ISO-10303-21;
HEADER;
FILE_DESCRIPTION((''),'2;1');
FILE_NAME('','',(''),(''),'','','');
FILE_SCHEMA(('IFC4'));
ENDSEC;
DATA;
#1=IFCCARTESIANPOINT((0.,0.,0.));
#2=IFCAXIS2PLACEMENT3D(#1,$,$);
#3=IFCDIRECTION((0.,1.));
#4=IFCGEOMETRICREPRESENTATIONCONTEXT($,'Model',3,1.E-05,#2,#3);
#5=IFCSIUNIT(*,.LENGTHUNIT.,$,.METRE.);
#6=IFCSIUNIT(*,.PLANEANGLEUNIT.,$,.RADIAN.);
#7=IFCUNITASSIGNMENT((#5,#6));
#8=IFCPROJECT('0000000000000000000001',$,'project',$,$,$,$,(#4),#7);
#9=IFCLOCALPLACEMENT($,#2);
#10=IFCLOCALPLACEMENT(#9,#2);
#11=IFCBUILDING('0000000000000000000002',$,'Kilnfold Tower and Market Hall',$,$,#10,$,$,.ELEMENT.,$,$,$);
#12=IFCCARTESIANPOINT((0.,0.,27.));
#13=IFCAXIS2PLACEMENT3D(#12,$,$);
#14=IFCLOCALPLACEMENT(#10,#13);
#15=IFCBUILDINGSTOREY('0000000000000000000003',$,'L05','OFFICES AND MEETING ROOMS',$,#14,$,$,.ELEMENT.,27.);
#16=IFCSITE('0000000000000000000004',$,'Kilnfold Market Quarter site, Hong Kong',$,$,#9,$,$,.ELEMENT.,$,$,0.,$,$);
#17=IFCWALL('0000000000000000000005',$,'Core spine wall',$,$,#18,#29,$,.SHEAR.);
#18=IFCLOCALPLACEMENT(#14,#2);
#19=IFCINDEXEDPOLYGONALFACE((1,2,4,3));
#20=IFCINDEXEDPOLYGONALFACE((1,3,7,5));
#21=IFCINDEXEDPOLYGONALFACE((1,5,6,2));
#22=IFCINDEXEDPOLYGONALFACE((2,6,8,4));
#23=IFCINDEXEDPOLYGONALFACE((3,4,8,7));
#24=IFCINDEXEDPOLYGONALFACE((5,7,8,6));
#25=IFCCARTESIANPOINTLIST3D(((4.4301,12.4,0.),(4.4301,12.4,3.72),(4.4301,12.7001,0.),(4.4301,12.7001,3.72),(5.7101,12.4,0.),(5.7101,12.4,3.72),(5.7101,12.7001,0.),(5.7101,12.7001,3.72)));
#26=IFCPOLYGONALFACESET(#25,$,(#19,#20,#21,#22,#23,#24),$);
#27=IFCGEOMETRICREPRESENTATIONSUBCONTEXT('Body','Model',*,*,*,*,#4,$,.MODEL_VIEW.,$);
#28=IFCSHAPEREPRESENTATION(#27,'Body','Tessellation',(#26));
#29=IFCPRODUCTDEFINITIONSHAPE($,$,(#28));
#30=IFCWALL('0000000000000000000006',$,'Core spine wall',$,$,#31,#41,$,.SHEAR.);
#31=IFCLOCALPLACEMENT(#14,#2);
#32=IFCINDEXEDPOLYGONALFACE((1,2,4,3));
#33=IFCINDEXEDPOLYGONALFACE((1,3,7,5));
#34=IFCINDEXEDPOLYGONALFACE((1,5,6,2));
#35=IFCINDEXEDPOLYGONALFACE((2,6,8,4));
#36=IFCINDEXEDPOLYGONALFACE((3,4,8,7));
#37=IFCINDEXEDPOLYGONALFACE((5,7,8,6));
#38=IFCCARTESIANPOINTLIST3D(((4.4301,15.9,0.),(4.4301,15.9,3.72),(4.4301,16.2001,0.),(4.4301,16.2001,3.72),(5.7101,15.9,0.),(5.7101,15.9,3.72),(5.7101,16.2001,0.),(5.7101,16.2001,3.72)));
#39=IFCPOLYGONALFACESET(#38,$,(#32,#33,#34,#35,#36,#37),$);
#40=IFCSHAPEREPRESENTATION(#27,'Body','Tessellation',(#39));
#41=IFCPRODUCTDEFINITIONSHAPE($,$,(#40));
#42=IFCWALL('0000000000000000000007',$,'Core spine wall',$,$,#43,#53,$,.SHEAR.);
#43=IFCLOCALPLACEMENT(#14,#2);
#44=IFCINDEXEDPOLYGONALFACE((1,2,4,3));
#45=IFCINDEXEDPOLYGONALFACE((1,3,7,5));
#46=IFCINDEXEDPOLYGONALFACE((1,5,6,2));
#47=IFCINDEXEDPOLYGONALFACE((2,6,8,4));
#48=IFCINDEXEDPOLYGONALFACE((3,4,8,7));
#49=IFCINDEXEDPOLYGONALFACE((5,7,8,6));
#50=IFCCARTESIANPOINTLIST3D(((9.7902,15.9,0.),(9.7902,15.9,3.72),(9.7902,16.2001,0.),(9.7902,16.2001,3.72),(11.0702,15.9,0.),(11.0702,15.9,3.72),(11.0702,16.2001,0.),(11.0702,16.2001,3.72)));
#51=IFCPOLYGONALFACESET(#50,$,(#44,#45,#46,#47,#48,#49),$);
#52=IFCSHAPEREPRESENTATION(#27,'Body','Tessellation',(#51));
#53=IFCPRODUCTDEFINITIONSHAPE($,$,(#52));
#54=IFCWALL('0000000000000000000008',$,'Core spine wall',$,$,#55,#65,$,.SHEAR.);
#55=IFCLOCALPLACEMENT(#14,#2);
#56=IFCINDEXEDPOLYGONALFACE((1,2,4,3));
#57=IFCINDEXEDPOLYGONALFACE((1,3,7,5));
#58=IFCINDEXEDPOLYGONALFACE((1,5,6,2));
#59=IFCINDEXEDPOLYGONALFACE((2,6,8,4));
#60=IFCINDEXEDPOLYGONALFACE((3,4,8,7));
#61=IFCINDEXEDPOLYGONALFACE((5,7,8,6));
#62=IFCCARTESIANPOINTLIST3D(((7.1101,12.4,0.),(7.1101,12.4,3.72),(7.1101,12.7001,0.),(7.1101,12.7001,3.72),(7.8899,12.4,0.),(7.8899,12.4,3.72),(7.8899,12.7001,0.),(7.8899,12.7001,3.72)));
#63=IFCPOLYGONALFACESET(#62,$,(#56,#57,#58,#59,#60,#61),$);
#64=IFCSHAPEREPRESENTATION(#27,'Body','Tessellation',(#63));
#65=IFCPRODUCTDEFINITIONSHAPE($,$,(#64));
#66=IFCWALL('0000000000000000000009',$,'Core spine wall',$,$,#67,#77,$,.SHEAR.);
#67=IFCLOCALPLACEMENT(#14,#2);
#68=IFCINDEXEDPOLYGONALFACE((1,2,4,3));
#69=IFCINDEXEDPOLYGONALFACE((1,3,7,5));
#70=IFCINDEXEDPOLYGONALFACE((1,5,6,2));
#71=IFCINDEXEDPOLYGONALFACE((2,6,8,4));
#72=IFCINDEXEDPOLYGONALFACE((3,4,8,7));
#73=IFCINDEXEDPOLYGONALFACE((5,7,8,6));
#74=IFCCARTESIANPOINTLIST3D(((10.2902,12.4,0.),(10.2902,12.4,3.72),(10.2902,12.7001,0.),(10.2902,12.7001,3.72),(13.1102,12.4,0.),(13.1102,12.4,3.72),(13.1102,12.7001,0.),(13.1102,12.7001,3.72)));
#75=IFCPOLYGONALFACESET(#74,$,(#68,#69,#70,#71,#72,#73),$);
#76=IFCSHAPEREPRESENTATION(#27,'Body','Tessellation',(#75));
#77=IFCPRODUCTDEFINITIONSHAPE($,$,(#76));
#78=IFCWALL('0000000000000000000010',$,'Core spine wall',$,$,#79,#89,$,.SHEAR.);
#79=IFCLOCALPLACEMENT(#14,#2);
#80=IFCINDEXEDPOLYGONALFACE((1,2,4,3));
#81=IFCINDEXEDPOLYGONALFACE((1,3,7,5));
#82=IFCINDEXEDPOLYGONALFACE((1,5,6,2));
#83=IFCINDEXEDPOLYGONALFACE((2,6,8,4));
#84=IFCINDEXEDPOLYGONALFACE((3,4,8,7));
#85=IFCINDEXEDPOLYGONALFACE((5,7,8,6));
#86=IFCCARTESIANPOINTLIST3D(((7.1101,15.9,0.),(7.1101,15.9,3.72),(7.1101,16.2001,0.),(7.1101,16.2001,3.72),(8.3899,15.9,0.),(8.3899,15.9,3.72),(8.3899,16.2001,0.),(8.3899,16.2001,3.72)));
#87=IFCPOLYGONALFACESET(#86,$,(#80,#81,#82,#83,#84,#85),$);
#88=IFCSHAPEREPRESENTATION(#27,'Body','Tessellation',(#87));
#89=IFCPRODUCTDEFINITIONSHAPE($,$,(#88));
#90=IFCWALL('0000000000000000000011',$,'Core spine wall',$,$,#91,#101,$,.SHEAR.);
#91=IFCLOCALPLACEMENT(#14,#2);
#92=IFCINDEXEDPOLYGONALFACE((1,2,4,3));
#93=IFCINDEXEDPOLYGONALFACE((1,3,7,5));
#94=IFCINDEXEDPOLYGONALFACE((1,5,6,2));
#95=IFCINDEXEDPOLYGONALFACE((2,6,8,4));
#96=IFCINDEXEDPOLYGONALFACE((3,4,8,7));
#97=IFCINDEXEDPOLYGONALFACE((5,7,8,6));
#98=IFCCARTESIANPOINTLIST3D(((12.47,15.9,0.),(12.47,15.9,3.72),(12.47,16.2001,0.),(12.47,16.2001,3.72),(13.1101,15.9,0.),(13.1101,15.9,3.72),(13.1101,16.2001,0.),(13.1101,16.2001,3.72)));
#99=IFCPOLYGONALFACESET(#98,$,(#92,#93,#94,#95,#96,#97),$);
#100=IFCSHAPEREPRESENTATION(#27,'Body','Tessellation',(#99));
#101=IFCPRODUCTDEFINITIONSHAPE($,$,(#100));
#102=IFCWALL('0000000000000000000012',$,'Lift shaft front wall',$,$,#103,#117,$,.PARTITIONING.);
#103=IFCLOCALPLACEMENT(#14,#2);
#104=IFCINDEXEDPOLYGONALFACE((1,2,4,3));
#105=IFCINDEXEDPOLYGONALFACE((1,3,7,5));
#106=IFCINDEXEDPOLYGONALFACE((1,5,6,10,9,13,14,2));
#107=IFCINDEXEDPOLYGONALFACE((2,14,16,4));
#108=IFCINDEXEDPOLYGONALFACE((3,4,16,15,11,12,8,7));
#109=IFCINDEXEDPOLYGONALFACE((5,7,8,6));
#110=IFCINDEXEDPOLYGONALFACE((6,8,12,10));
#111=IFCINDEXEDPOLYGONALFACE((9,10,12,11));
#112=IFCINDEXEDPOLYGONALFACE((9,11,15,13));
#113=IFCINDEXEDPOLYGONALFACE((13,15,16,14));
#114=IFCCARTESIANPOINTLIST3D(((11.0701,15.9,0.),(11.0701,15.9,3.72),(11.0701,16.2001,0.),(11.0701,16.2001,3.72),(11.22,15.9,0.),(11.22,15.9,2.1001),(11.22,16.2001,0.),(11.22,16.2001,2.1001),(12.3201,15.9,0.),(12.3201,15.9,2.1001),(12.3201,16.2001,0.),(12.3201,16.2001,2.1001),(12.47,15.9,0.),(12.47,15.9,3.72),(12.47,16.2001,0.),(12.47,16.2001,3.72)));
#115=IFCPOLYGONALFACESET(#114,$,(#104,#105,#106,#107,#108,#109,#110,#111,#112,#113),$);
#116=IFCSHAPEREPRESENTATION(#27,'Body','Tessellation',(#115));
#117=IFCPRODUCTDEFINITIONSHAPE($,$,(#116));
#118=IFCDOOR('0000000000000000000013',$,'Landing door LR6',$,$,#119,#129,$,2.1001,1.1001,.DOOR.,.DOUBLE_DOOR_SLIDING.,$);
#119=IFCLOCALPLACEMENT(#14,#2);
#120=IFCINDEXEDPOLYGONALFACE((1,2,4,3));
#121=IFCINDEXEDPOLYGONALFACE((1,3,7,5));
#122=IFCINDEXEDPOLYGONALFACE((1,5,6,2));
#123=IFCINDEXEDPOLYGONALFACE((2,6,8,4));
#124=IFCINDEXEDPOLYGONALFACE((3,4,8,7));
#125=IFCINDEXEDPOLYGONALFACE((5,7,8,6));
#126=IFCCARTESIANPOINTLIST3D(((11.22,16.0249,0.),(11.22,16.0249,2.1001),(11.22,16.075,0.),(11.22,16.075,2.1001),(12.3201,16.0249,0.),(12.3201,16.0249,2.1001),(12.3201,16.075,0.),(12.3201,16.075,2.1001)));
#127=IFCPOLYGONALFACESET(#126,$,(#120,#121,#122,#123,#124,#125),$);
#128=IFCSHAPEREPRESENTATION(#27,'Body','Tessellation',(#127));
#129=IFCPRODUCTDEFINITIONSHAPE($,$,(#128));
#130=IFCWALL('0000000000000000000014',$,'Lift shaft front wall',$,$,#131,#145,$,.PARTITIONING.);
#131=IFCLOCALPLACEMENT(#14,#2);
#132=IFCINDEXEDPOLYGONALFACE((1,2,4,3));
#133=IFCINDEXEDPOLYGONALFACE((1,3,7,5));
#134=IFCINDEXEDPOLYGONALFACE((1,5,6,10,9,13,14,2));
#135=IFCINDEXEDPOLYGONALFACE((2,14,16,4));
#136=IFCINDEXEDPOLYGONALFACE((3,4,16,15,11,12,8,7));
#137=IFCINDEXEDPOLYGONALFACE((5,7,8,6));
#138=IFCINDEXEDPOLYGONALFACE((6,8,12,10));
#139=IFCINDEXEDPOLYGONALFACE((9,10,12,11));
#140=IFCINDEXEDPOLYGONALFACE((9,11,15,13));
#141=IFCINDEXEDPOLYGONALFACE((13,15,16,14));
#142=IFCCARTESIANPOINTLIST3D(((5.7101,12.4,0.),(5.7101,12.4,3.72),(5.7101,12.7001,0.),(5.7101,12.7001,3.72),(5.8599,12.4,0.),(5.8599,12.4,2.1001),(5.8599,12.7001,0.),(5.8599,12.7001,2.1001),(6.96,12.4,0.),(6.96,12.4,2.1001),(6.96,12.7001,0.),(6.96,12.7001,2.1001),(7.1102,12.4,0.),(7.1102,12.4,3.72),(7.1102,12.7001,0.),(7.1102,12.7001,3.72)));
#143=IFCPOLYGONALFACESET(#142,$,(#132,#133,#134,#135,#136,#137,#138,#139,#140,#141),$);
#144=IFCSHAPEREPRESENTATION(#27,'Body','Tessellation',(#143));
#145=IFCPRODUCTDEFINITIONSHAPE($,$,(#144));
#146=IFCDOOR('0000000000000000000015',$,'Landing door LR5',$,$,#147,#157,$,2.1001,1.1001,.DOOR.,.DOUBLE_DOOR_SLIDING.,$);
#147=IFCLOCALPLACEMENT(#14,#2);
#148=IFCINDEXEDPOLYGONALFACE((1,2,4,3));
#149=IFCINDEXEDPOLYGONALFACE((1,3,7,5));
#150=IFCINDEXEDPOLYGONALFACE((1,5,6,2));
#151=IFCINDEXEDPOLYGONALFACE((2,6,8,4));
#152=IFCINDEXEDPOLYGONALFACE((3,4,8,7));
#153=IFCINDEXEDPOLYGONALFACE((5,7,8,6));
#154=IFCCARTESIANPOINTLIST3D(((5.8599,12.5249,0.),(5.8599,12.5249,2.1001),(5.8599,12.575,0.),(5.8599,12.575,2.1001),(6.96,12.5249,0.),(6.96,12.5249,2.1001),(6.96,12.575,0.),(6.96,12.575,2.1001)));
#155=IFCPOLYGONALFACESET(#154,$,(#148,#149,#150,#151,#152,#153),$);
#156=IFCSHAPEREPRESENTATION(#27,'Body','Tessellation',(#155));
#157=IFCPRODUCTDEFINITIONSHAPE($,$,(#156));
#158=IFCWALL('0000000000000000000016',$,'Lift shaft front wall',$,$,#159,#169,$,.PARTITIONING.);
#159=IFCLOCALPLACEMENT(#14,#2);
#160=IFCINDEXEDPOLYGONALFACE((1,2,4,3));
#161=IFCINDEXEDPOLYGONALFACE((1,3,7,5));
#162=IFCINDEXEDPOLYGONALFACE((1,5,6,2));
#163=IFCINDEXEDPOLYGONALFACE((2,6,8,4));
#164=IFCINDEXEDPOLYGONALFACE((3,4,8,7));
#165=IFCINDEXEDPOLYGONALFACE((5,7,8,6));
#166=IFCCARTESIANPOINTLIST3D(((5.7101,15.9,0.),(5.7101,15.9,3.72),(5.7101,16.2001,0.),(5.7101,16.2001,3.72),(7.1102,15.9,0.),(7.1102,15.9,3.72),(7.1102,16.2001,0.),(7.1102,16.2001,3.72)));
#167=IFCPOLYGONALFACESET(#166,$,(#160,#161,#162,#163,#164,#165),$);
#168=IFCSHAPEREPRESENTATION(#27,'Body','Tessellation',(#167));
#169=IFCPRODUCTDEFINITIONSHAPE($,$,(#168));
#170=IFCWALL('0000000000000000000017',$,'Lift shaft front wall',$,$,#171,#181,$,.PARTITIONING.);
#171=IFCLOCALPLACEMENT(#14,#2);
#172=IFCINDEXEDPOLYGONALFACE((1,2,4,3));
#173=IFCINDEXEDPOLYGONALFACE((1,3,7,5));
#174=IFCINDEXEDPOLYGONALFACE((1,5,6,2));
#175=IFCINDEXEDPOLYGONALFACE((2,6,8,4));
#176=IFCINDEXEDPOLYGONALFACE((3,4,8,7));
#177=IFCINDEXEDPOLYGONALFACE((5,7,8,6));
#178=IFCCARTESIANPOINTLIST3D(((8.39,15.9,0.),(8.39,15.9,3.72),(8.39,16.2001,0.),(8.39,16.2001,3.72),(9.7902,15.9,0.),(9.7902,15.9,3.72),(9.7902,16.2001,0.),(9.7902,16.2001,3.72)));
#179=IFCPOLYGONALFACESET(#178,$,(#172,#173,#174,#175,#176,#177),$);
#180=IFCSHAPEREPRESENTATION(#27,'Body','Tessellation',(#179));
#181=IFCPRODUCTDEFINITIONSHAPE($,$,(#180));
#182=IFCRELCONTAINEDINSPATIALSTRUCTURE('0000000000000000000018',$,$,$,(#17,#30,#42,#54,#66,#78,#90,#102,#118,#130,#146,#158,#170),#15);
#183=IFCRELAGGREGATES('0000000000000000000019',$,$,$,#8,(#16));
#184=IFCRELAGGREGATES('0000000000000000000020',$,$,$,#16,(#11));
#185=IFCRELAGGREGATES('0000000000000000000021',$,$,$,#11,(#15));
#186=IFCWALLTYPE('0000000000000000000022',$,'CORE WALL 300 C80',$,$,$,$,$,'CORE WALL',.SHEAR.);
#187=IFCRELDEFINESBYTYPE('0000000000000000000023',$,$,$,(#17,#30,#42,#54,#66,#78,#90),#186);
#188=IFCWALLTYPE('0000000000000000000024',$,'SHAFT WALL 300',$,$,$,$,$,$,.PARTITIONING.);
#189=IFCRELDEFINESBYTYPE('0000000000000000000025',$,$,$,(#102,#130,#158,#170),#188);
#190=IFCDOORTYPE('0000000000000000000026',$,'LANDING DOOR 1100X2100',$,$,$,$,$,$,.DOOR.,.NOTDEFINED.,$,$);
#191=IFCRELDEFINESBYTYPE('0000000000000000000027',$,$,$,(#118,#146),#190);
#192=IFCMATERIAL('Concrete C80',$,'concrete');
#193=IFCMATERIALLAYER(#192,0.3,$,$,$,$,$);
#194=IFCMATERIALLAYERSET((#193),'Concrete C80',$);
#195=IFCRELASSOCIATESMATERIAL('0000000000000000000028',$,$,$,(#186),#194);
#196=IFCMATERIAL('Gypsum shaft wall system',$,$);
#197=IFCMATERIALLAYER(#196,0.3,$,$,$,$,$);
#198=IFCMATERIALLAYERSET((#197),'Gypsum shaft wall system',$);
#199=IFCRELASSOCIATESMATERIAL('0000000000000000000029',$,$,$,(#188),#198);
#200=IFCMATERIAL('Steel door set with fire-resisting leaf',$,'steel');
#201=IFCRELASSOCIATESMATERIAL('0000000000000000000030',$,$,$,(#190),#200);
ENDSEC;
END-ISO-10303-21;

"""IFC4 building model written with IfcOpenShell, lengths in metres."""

from ifc_helpers import new_model, si_unit, direction, frame, frame_2d, origin, place, context, subcontext, project, spatial, rectangle, extrude, source, transform, mapped, material, layer, layer_set, type_object, element, fill, save


model = new_model("IFC4")

# Units and contexts
model_context = context("Model", 3, precision=1e-05, world=origin(), true_north=direction((0.0, 1.0)))
body_context = subcontext(model_context, "Body", "Model", "MODEL_VIEW")
ifc_project = project(units=[si_unit("LENGTHUNIT", "METRE"), si_unit("PLANEANGLEUNIT", "RADIAN")], contexts=[model_context])

# Site, building, storey
site_placement = place(None, origin())
site = spatial("IfcSite", under=ifc_project, at=site_placement, Name="Kilnfold Market Quarter site, Hong Kong", CompositionType="ELEMENT", RefElevation=0.0)
building_placement = place(site_placement, origin())
building = spatial("IfcBuilding", under=site, at=building_placement, Name="Kilnfold Tower and Market Hall", CompositionType="ELEMENT")
storey_placement = place(building_placement, frame((0.0, 0.0, 27.0)))
storey = spatial("IfcBuildingStorey", under=building, at=storey_placement, Name="L05", Description="OFFICES AND MEETING ROOMS", CompositionType="ELEMENT", Elevation=27.0)

# Walls
ifc_material_1 = material(Name="Concrete C80", Category="concrete")
ifc_layer_1 = layer(ifc_material_1, 0.3)
ifc_layer_set_1 = layer_set([ifc_layer_1], Name="Concrete C80")
wall_type_1 = type_object("IfcWallType", Name="CORE WALL 300 C80", ElementType="CORE WALL", PredefinedType="SHEAR", material=ifc_layer_set_1)
shared_shape_1 = source(origin(), body_context, "Body", "SweptSolid", [
    extrude(rectangle(XDim=1.28, YDim=0.3, at=frame_2d((0.6401, 0.0))), origin(), (0.0, 0.0, 1.0), 3.72),
])
for number, where, z_axis, x_axis, name in (
    (1, (4.4299, 12.55, 0.0), (0.0, 0.0, 1.0), (1.0, 0.0, 0.0), "Core spine wall"),
    (2, (4.4299, 16.05, 0.0), (0.0, 0.0, 1.0), (1.0, 0.0, 0.0), "Core spine wall"),
    (3, (9.79, 16.05, 0.0), (0.0, 0.0, 1.0), (1.0, 0.0, 0.0), "Core spine wall"),
):
    element("IfcWall", number, at=place(storey_placement, frame(where, z_axis=z_axis, x_axis=x_axis)), inside=storey, type_object=wall_type_1, Name=name, PredefinedType="SHEAR", context=body_context, shape_type="MappedRepresentation", body=[
        mapped(shared_shape_1, transform((0.0, 0.0, 0.0))),
    ])
shared_shape_2 = source(origin(), body_context, "Body", "SweptSolid", [
    extrude(rectangle(XDim=0.7798, YDim=0.3, at=frame_2d((0.3899, 0.0))), origin(), (0.0, 0.0, 1.0), 3.72),
])
wall_1_placement = place(storey_placement, frame((7.1101, 12.55, 0.0), z_axis=(0.0, 0.0, 1.0), x_axis=(1.0, 0.0, 0.0)))
element("IfcWall", 4, at=wall_1_placement, inside=storey, type_object=wall_type_1, Name="Core spine wall", PredefinedType="SHEAR", context=body_context, shape_type="MappedRepresentation", body=[
    mapped(shared_shape_2, transform((0.0, 0.0, 0.0))),
])
shared_shape_3 = source(origin(), body_context, "Body", "SweptSolid", [
    extrude(rectangle(XDim=2.8201, YDim=0.3, at=frame_2d((1.4102, 0.0))), origin(), (0.0, 0.0, 1.0), 3.72),
])
wall_2_placement = place(storey_placement, frame((10.29, 12.55, 0.0), z_axis=(0.0, 0.0, 1.0), x_axis=(1.0, 0.0, 0.0)))
element("IfcWall", 5, at=wall_2_placement, inside=storey, type_object=wall_type_1, Name="Core spine wall", PredefinedType="SHEAR", context=body_context, shape_type="MappedRepresentation", body=[
    mapped(shared_shape_3, transform((0.0, 0.0, 0.0))),
])
shared_shape_4 = source(origin(), body_context, "Body", "SweptSolid", [
    extrude(rectangle(XDim=1.2798, YDim=0.3, at=frame_2d((0.6399, 0.0))), origin(), (0.0, 0.0, 1.0), 3.72),
])
wall_3_placement = place(storey_placement, frame((7.1101, 16.05, 0.0), z_axis=(0.0, 0.0, 1.0), x_axis=(1.0, 0.0, 0.0)))
element("IfcWall", 6, at=wall_3_placement, inside=storey, type_object=wall_type_1, Name="Core spine wall", PredefinedType="SHEAR", context=body_context, shape_type="MappedRepresentation", body=[
    mapped(shared_shape_4, transform((0.0, 0.0, 0.0))),
])
shared_shape_5 = source(origin(), body_context, "Body", "SweptSolid", [
    extrude(rectangle(XDim=0.6401, YDim=0.3, at=frame_2d((0.3201, 0.0))), origin(), (0.0, 0.0, 1.0), 3.72),
])
wall_4_placement = place(storey_placement, frame((12.47, 16.05, 0.0), z_axis=(0.0, 0.0, 1.0), x_axis=(1.0, 0.0, 0.0)))
element("IfcWall", 7, at=wall_4_placement, inside=storey, type_object=wall_type_1, Name="Core spine wall", PredefinedType="SHEAR", context=body_context, shape_type="MappedRepresentation", body=[
    mapped(shared_shape_5, transform((0.0, 0.0, 0.0))),
])

# Walls, openings, doors
ifc_material_2 = material(Name="Gypsum shaft wall system")
ifc_layer_2 = layer(ifc_material_2, 0.3)
ifc_layer_set_2 = layer_set([ifc_layer_2], Name="Gypsum shaft wall system")
wall_type_2 = type_object("IfcWallType", Name="SHAFT WALL 300", PredefinedType="PARTITIONING", material=ifc_layer_set_2)
shared_shape_6 = source(origin(), body_context, "Body", "SweptSolid", [
    extrude(rectangle(XDim=1.3999, YDim=0.3, at=frame_2d((0.7, 0.0))), origin(), (0.0, 0.0, 1.0), 3.72),
])
wall_5_placement = place(storey_placement, frame((11.0701, 16.05, 0.0), z_axis=(0.0, 0.0, 1.0), x_axis=(1.0, 0.0, 0.0)))
wall_5 = element("IfcWall", 8, at=wall_5_placement, inside=storey, type_object=wall_type_2, Name="Lift shaft front wall", PredefinedType="PARTITIONING", context=body_context, shape_type="MappedRepresentation", body=[
    mapped(shared_shape_6, transform((0.0, 0.0, 0.0))),
])
opening_1_placement = place(wall_5_placement, frame((0.1499, 0.0, 0.0)))
opening_1 = element("IfcOpeningElement", 9, at=opening_1_placement, cuts=wall_5, PredefinedType="OPENING", context=body_context, shape_type="SweptSolid", body=[
    extrude(rectangle(XDim=1.1001, YDim=2.1001, at=frame_2d((0.55, 1.05))), frame((0.0, 0.1602, 0.0), z_axis=(0.0, -1.0, 0.0), x_axis=(1.0, 0.0, 0.0)), (0.0, 0.0, 1.0), 0.3201),
])
ifc_material_3 = material(Name="Steel door set with fire-resisting leaf", Category="steel")
door_type_1 = type_object("IfcDoorType", Name="LANDING DOOR 1100X2100", OperationType="NOTDEFINED", PredefinedType="DOOR", material=ifc_material_3)
door_1_placement = place(opening_1_placement, origin())
door_1 = element("IfcDoor", 10, at=door_1_placement, inside=storey, type_object=door_type_1, Name="Landing door LR6", OperationType="DOUBLE_DOOR_SLIDING", OverallHeight=2.1001, OverallWidth=1.1001, PredefinedType="DOOR", context=body_context, shape_type="SweptSolid", body=[
    extrude(rectangle(XDim=1.1001, YDim=2.1001, at=frame_2d((0.55, 1.05))), frame((0.0, 0.0249, 0.0), z_axis=(0.0, -1.0, 0.0), x_axis=(1.0, 0.0, 0.0)), (0.0, 0.0, 1.0), 0.05),
])
fill(opening_1, door_1)
shared_shape_7 = source(origin(), body_context, "Body", "SweptSolid", [
    extrude(rectangle(XDim=1.4001, YDim=0.3, at=frame_2d((0.7002, 0.0))), origin(), (0.0, 0.0, 1.0), 3.72),
])
wall_6_placement = place(storey_placement, frame((5.71, 12.55, 0.0), z_axis=(0.0, 0.0, 1.0), x_axis=(1.0, 0.0, 0.0)))
wall_6 = element("IfcWall", 11, at=wall_6_placement, inside=storey, type_object=wall_type_2, Name="Lift shaft front wall", PredefinedType="PARTITIONING", context=body_context, shape_type="MappedRepresentation", body=[
    mapped(shared_shape_7, transform((0.0, 0.0, 0.0))),
])
opening_2_placement = place(wall_6_placement, frame((0.1499, 0.0, 0.0)))
opening_2 = element("IfcOpeningElement", 12, at=opening_2_placement, cuts=wall_6, PredefinedType="OPENING", context=body_context, shape_type="SweptSolid", body=[
    extrude(rectangle(XDim=1.1001, YDim=2.1001, at=frame_2d((0.55, 1.05))), frame((0.0, 0.1602, 0.0), z_axis=(0.0, -1.0, 0.0), x_axis=(1.0, 0.0, 0.0)), (0.0, 0.0, 1.0), 0.3201),
])
door_2_placement = place(opening_2_placement, origin())
door_2 = element("IfcDoor", 13, at=door_2_placement, inside=storey, type_object=door_type_1, Name="Landing door LR5", OperationType="DOUBLE_DOOR_SLIDING", OverallHeight=2.1001, OverallWidth=1.1001, PredefinedType="DOOR", context=body_context, shape_type="SweptSolid", body=[
    extrude(rectangle(XDim=1.1001, YDim=2.1001, at=frame_2d((0.55, 1.05))), frame((0.0, 0.0249, 0.0), z_axis=(0.0, -1.0, 0.0), x_axis=(1.0, 0.0, 0.0)), (0.0, 0.0, 1.0), 0.05),
])
fill(opening_2, door_2)

# Walls
for number, where, z_axis, x_axis, name in (
    (14, (5.71, 16.05, 0.0), (0.0, 0.0, 1.0), (1.0, 0.0, 0.0), "Lift shaft front wall"),
    (15, (8.3899, 16.05, 0.0), (0.0, 0.0, 1.0), (1.0, 0.0, 0.0), "Lift shaft front wall"),
):
    element("IfcWall", number, at=place(storey_placement, frame(where, z_axis=z_axis, x_axis=x_axis)), inside=storey, type_object=wall_type_2, Name=name, PredefinedType="PARTITIONING", context=body_context, shape_type="MappedRepresentation", body=[
        mapped(shared_shape_7, transform((0.0, 0.0, 0.0))),
    ])

save(model, "model.ifc")
